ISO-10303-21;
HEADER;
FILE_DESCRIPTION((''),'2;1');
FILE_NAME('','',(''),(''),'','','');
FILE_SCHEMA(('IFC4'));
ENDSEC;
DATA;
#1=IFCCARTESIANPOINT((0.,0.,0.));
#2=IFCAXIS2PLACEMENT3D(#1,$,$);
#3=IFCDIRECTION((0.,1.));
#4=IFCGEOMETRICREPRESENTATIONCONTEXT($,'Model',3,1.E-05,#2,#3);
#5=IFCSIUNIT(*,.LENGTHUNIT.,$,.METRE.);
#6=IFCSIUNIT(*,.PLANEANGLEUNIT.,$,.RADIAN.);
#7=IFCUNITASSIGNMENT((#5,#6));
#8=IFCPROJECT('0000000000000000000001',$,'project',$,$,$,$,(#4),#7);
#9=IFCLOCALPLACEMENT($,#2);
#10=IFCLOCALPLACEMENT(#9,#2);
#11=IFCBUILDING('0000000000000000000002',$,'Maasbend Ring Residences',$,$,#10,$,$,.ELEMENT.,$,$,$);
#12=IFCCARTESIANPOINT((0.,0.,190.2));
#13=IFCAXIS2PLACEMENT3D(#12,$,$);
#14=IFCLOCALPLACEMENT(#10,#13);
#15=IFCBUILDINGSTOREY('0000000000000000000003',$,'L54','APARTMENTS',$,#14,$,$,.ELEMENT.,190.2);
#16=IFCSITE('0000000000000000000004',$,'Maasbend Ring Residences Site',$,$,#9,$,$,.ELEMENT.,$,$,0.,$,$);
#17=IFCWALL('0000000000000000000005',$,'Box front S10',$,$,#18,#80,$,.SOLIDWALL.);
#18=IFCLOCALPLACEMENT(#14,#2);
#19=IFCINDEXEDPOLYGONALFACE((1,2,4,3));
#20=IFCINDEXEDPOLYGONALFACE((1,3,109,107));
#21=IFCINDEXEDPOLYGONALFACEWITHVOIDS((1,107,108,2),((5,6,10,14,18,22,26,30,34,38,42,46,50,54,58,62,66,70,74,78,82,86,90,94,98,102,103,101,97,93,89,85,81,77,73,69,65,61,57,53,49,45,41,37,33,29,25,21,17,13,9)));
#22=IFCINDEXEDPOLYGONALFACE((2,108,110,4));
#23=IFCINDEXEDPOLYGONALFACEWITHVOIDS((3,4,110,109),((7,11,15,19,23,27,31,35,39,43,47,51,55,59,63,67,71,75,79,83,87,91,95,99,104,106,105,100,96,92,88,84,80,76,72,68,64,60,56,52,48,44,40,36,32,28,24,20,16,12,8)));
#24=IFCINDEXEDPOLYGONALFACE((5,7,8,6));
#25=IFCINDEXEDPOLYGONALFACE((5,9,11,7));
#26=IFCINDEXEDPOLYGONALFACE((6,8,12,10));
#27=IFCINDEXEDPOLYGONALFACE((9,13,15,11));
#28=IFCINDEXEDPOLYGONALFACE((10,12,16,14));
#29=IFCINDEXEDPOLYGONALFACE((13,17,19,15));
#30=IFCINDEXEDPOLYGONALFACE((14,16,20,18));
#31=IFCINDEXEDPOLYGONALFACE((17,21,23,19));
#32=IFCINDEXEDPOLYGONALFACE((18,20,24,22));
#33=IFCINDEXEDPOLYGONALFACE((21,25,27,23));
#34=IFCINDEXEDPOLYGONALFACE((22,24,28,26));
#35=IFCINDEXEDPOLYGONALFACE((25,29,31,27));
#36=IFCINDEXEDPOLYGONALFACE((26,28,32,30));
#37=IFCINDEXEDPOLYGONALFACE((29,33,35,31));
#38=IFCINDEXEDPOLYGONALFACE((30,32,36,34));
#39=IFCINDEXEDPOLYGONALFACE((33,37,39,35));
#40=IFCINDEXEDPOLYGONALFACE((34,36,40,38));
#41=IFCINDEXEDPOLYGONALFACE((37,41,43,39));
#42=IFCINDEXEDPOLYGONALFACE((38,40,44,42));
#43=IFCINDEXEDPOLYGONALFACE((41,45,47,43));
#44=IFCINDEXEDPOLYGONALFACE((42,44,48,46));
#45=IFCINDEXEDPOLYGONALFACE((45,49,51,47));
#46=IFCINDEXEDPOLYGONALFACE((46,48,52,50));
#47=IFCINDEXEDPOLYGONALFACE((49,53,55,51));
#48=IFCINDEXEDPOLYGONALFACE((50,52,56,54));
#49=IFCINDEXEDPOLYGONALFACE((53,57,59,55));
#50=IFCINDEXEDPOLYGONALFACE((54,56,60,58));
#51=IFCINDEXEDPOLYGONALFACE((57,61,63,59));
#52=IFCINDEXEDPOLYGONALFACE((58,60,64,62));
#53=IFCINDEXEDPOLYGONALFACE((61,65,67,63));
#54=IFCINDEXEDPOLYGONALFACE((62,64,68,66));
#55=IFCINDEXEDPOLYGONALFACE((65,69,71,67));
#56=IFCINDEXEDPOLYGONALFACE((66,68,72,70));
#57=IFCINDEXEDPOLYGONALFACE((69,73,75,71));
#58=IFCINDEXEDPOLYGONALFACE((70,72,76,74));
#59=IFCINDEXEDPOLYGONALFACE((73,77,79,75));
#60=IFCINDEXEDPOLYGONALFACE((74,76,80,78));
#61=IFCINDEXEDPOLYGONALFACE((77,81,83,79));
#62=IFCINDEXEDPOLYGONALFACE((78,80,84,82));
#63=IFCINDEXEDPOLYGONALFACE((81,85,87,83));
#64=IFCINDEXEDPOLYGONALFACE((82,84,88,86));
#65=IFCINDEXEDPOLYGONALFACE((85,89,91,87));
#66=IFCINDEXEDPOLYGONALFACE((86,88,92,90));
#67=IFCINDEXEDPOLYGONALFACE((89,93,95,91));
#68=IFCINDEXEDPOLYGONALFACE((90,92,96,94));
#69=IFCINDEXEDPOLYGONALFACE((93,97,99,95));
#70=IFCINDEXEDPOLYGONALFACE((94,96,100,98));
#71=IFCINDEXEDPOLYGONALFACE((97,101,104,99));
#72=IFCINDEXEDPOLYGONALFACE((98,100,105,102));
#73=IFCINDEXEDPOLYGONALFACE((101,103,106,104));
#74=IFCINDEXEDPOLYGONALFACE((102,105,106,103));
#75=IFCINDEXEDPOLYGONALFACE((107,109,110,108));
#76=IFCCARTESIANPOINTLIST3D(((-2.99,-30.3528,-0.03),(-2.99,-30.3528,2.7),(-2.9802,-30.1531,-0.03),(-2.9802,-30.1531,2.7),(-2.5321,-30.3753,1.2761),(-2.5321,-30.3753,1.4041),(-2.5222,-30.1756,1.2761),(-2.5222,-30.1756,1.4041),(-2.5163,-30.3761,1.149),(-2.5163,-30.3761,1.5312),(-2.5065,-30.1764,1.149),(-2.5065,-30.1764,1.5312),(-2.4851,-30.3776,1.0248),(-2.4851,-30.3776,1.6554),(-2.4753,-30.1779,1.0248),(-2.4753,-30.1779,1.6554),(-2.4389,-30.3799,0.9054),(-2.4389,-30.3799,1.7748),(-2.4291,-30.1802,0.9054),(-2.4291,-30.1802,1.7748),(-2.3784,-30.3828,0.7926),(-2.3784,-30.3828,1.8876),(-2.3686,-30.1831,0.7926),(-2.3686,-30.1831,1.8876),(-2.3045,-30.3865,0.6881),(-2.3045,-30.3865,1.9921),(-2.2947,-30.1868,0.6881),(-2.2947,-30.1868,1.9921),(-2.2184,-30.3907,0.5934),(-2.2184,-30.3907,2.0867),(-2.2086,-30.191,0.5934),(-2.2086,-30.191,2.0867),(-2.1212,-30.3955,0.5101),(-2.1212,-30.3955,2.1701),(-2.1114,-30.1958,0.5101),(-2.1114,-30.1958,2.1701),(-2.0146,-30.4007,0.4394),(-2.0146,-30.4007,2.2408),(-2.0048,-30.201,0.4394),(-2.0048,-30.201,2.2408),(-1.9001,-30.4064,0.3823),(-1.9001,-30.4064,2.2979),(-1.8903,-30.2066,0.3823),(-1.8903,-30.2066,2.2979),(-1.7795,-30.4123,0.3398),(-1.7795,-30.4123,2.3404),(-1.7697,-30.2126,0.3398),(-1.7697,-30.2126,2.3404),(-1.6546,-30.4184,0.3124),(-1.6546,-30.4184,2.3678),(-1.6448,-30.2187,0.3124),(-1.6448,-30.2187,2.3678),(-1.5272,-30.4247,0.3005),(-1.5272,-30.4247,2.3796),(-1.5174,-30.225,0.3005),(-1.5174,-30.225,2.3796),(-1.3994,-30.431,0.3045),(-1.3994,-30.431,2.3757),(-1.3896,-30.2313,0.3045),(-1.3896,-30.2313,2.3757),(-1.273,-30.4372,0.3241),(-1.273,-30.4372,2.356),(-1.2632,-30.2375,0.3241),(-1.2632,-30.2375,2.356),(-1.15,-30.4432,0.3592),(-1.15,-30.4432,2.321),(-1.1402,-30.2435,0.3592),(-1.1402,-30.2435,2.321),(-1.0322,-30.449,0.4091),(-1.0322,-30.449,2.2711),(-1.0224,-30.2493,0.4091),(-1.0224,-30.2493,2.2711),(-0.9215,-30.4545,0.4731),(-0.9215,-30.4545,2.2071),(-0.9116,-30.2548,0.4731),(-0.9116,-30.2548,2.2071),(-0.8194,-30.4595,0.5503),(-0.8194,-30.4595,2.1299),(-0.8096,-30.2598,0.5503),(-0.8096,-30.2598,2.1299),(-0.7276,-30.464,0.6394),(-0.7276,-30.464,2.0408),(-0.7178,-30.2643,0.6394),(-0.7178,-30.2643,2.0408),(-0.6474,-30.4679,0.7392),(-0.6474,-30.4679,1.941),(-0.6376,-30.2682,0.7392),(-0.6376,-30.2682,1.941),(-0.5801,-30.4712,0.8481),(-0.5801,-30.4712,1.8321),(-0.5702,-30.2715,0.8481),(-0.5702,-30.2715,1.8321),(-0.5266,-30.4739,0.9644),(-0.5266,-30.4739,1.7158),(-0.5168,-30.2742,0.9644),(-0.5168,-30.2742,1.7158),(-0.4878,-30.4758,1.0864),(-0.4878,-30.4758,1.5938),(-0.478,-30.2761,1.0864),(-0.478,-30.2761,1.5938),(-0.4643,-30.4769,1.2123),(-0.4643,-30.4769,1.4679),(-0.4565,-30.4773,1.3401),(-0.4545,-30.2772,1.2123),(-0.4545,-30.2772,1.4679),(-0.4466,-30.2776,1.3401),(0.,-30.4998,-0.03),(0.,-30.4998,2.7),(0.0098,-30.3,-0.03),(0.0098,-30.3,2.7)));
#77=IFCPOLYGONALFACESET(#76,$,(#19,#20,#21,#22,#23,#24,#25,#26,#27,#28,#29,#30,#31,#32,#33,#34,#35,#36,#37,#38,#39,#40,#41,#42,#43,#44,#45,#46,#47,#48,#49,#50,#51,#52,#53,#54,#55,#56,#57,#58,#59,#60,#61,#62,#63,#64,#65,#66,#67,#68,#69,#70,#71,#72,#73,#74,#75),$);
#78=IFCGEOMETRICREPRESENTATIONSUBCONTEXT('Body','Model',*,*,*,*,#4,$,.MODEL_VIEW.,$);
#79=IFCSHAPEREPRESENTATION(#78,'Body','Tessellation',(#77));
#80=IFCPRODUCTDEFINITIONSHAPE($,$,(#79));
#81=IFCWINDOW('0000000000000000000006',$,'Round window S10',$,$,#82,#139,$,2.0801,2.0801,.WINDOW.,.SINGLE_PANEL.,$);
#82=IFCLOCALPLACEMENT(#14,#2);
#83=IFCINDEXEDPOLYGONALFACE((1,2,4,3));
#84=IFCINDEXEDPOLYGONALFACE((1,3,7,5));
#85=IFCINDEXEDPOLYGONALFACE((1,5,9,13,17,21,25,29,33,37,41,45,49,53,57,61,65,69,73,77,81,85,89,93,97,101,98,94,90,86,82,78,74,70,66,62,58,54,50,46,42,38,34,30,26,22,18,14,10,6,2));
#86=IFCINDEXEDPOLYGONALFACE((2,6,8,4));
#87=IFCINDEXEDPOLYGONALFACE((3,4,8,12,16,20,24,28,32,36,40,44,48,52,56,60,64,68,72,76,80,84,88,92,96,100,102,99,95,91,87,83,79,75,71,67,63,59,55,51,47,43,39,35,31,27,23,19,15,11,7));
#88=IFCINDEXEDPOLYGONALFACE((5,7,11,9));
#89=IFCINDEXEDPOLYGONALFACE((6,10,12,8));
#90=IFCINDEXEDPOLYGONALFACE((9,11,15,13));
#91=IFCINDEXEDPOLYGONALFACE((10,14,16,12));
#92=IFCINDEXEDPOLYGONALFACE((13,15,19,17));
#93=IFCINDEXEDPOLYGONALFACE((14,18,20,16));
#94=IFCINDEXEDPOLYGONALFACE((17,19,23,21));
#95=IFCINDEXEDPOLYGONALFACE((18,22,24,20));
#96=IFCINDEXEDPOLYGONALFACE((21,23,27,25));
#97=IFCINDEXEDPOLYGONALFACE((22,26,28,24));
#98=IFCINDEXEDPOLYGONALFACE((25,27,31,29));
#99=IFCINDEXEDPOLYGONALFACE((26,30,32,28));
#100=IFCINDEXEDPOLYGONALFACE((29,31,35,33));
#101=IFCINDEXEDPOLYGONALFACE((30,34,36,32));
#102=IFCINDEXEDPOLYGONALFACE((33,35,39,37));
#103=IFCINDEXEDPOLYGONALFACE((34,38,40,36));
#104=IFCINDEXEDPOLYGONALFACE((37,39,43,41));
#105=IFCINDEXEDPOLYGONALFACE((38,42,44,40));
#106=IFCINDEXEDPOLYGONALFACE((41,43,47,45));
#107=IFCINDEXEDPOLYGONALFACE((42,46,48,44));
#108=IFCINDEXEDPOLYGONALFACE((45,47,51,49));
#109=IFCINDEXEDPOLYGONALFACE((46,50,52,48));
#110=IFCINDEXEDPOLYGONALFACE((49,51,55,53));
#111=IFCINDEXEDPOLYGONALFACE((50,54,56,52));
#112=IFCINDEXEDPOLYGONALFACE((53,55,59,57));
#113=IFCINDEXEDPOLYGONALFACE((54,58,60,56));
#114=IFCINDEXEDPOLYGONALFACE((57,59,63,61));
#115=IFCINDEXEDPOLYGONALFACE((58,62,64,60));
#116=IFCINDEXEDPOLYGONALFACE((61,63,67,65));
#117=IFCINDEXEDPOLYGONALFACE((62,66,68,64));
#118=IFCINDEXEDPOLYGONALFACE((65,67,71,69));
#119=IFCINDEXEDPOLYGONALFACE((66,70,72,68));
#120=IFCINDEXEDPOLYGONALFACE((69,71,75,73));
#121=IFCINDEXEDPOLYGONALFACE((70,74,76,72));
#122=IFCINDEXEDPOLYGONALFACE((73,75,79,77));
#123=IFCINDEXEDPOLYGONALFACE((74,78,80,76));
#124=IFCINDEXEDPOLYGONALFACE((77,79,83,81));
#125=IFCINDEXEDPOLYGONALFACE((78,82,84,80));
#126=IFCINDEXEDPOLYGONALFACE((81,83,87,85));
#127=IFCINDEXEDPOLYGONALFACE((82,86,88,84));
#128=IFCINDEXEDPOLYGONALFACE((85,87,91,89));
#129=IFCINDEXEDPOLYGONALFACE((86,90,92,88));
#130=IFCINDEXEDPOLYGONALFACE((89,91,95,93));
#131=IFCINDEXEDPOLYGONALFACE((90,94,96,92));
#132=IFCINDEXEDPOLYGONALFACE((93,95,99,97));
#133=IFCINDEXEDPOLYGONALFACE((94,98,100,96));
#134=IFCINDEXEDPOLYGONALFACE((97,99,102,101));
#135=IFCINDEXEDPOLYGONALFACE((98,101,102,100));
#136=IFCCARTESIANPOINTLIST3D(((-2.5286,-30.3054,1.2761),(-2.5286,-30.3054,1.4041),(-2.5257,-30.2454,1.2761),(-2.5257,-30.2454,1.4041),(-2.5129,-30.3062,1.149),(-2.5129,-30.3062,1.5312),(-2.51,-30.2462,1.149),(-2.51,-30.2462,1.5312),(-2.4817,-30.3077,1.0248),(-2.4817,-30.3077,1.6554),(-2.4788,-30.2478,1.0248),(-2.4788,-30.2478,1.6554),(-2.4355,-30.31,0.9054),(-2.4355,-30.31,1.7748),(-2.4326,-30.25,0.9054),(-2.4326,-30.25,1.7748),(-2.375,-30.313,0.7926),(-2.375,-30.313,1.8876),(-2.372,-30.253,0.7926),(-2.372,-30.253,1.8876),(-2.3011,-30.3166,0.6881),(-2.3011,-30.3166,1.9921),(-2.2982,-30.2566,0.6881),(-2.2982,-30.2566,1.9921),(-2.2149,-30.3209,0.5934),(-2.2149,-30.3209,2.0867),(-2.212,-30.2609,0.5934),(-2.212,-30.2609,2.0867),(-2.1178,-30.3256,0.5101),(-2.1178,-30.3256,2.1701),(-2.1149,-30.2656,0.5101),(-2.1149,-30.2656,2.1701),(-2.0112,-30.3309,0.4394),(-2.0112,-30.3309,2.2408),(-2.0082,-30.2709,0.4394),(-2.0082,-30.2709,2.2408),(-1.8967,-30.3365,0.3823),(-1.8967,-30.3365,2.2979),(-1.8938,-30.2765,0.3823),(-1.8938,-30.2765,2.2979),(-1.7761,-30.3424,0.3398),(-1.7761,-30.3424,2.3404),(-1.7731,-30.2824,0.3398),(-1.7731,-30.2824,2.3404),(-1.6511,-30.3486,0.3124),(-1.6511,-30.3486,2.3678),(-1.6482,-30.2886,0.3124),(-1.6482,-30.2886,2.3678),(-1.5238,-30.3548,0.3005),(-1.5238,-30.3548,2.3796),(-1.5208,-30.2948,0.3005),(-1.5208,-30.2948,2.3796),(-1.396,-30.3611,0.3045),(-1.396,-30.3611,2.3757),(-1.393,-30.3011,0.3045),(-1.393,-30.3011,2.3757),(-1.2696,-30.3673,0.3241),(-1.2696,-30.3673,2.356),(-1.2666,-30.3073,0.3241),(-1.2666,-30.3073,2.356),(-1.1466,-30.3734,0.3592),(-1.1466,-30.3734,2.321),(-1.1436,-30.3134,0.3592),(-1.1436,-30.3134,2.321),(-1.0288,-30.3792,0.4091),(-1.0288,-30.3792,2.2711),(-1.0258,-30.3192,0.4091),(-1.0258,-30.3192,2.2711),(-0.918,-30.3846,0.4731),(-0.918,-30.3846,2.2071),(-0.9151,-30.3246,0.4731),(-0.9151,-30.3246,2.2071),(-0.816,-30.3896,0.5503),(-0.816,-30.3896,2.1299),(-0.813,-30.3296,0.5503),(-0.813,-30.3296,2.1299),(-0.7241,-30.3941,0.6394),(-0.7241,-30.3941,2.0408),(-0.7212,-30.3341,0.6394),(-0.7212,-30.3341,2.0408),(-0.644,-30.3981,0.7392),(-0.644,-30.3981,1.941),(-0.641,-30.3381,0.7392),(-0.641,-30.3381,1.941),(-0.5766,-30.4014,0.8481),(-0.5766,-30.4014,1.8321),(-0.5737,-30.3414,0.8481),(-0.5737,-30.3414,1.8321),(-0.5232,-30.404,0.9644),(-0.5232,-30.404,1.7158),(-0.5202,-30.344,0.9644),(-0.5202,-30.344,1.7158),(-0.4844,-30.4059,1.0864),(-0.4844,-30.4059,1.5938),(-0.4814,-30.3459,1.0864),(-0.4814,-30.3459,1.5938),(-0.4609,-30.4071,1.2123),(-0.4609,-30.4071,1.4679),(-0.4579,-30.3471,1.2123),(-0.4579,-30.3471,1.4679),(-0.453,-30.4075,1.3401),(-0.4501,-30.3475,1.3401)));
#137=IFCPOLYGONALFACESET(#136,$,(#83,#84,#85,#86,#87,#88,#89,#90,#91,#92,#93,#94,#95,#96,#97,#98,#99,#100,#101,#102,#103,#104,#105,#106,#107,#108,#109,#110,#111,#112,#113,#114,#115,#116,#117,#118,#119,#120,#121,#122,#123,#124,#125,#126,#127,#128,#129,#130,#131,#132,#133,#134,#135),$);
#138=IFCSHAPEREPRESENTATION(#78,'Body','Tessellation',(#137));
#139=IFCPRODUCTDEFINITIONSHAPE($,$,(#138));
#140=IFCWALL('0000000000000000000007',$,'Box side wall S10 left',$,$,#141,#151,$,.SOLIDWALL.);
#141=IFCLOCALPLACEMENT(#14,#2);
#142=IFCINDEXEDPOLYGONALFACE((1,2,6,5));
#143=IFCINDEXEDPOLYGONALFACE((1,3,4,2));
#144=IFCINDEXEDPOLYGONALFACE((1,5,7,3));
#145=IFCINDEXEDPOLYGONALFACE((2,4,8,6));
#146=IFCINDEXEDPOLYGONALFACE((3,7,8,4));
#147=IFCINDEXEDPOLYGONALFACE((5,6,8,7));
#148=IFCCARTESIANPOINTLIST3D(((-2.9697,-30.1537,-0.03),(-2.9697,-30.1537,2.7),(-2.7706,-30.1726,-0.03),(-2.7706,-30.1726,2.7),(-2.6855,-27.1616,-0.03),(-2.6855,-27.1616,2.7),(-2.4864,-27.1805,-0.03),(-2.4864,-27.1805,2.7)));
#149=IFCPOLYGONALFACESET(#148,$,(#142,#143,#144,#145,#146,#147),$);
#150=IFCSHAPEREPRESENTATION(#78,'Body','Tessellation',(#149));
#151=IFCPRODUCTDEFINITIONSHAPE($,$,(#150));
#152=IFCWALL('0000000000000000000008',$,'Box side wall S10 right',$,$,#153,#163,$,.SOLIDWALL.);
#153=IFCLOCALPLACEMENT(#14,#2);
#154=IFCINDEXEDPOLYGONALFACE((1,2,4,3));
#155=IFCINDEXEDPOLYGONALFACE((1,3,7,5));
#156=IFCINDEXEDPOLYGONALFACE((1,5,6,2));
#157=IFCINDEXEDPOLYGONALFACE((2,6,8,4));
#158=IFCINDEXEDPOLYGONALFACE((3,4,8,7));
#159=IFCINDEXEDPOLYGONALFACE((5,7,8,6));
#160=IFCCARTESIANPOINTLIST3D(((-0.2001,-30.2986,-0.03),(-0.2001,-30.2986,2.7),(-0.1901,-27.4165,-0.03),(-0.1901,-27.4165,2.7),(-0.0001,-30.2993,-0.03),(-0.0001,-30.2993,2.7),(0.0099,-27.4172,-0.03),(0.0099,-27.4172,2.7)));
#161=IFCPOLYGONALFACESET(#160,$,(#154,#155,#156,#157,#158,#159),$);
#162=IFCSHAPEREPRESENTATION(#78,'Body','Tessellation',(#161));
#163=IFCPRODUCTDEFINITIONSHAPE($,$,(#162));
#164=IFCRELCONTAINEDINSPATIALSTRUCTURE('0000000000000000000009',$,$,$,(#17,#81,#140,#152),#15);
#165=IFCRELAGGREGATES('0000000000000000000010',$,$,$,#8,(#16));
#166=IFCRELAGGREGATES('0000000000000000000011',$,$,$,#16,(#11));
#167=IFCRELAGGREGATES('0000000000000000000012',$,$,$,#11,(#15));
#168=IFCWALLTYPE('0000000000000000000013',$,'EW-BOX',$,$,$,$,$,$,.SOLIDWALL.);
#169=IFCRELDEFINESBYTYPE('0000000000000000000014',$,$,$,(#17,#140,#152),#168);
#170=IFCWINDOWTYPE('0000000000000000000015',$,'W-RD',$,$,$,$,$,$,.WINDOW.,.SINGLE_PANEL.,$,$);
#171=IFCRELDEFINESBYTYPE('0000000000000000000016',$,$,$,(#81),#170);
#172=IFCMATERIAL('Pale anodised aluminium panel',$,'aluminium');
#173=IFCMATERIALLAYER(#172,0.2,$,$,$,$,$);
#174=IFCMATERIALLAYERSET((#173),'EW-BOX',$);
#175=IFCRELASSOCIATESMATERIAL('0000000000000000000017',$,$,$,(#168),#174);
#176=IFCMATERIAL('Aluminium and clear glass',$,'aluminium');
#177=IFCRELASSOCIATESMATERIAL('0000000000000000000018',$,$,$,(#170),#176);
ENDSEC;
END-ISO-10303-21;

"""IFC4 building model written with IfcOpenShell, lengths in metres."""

from ifc_helpers import new_model, si_unit, direction, frame, frame_2d, origin, place, context, subcontext, project, spatial, rectangle, circle, extrude, material, layer, layer_set, type_object, element, fill, save


model = new_model("IFC4")

# Units and contexts
model_context = context("Model", 3, precision=1e-05, world=origin(), true_north=direction((0.0, 1.0)))
body_context = subcontext(model_context, "Body", "Model", "MODEL_VIEW")
ifc_project = project(units=[si_unit("LENGTHUNIT", "METRE"), si_unit("PLANEANGLEUNIT", "RADIAN")], contexts=[model_context])

# Site, building, storey
site_placement = place(None, origin())
site = spatial("IfcSite", under=ifc_project, at=site_placement, Name="Maasbend Ring Residences Site", CompositionType="ELEMENT", RefElevation=0.0)
building_placement = place(site_placement, origin())
building = spatial("IfcBuilding", under=site, at=building_placement, Name="Maasbend Ring Residences", CompositionType="ELEMENT")
storey_placement = place(building_placement, frame((0.0, 0.0, 190.2)))
storey = spatial("IfcBuildingStorey", under=building, at=storey_placement, Name="L54", Description="APARTMENTS", CompositionType="ELEMENT", Elevation=190.2)

# Shared definitions
ifc_material_1 = material(Name="Pale anodised aluminium panel", Category="aluminium")
ifc_layer_1 = layer(ifc_material_1, 0.2)
ifc_layer_set_1 = layer_set([ifc_layer_1], Name="EW-BOX")
wall_type_1 = type_object("IfcWallType", Name="EW-BOX", PredefinedType="SOLIDWALL", material=ifc_layer_set_1)
ifc_material_2 = material(Name="Aluminium and clear glass", Category="aluminium")
window_type_1 = type_object("IfcWindowType", Name="W-RD", PartitioningType="SINGLE_PANEL", PredefinedType="WINDOW", material=ifc_material_2)

# Wall, opening, window
wall_1_placement = place(storey_placement, frame((-2.9851, -30.2529, -0.03), z_axis=(0.0, 0.0, 1.0), x_axis=(0.998794, -0.049096, 0.0)))
wall_1 = element("IfcWall", 1, at=wall_1_placement, inside=storey, type_object=wall_type_1, Name="Box front S10", PredefinedType="SOLIDWALL", context=body_context, shape_type="SweptSolid", body=[
    extrude(rectangle(XDim=2.9937, YDim=0.2, at=frame_2d((1.4968, 0.0))), origin(), (0.0, 0.0, 1.0), 2.73),
])
opening_1_placement = place(wall_1_placement, frame((0.4565, 0.0, 0.3301)))
opening_1 = element("IfcOpeningElement", 2, at=opening_1_placement, cuts=wall_1, PredefinedType="OPENING", context=body_context, shape_type="SweptSolid", body=[
    extrude(circle(Radius=1.04, at=frame_2d((1.04, 1.04))), frame((0.0, 0.1099, 0.0), z_axis=(0.0, -1.0, 0.0), x_axis=(1.0, 0.0, 0.0)), (0.0, 0.0, 1.0), 0.22),
])
window_1_placement = place(opening_1_placement, origin())
window_1 = element("IfcWindow", 3, at=window_1_placement, inside=storey, type_object=window_type_1, Name="Round window S10", OverallHeight=2.0801, OverallWidth=2.0801, PartitioningType="SINGLE_PANEL", PredefinedType="WINDOW", context=body_context, shape_type="SweptSolid", body=[
    extrude(circle(Radius=1.04, at=frame_2d((1.04, 1.04))), frame((0.0, 0.03, 0.0), z_axis=(0.0, -1.0, 0.0), x_axis=(1.0, 0.0, 0.0)), (0.0, 0.0, 1.0), 0.0601),
])
fill(opening_1, window_1)

# Walls
wall_2_placement = place(storey_placement, frame((-2.5859, -27.1709, -0.03), z_axis=(0.0, 0.0, 1.0), x_axis=(-0.094548, -0.99552, 0.0)))
element("IfcWall", 4, at=wall_2_placement, inside=storey, type_object=wall_type_1, Name="Box side wall S10 left", PredefinedType="SOLIDWALL", context=body_context, shape_type="SweptSolid", body=[
    extrude(rectangle(XDim=3.0056, YDim=0.2, at=frame_2d((1.5029, 0.0))), origin(), (0.0, 0.0, 1.0), 2.73),
])
wall_3_placement = place(storey_placement, frame((-0.0901, -27.417, -0.03), z_axis=(0.0, 0.0, 1.0), x_axis=(-0.003473, -0.999994, 0.0)))
element("IfcWall", 5, at=wall_3_placement, inside=storey, type_object=wall_type_1, Name="Box side wall S10 right", PredefinedType="SOLIDWALL", context=body_context, shape_type="SweptSolid", body=[
    extrude(rectangle(XDim=2.8821, YDim=0.2, at=frame_2d((1.4409, 0.0))), origin(), (0.0, 0.0, 1.0), 2.73),
])

save(model, "model.ifc")
